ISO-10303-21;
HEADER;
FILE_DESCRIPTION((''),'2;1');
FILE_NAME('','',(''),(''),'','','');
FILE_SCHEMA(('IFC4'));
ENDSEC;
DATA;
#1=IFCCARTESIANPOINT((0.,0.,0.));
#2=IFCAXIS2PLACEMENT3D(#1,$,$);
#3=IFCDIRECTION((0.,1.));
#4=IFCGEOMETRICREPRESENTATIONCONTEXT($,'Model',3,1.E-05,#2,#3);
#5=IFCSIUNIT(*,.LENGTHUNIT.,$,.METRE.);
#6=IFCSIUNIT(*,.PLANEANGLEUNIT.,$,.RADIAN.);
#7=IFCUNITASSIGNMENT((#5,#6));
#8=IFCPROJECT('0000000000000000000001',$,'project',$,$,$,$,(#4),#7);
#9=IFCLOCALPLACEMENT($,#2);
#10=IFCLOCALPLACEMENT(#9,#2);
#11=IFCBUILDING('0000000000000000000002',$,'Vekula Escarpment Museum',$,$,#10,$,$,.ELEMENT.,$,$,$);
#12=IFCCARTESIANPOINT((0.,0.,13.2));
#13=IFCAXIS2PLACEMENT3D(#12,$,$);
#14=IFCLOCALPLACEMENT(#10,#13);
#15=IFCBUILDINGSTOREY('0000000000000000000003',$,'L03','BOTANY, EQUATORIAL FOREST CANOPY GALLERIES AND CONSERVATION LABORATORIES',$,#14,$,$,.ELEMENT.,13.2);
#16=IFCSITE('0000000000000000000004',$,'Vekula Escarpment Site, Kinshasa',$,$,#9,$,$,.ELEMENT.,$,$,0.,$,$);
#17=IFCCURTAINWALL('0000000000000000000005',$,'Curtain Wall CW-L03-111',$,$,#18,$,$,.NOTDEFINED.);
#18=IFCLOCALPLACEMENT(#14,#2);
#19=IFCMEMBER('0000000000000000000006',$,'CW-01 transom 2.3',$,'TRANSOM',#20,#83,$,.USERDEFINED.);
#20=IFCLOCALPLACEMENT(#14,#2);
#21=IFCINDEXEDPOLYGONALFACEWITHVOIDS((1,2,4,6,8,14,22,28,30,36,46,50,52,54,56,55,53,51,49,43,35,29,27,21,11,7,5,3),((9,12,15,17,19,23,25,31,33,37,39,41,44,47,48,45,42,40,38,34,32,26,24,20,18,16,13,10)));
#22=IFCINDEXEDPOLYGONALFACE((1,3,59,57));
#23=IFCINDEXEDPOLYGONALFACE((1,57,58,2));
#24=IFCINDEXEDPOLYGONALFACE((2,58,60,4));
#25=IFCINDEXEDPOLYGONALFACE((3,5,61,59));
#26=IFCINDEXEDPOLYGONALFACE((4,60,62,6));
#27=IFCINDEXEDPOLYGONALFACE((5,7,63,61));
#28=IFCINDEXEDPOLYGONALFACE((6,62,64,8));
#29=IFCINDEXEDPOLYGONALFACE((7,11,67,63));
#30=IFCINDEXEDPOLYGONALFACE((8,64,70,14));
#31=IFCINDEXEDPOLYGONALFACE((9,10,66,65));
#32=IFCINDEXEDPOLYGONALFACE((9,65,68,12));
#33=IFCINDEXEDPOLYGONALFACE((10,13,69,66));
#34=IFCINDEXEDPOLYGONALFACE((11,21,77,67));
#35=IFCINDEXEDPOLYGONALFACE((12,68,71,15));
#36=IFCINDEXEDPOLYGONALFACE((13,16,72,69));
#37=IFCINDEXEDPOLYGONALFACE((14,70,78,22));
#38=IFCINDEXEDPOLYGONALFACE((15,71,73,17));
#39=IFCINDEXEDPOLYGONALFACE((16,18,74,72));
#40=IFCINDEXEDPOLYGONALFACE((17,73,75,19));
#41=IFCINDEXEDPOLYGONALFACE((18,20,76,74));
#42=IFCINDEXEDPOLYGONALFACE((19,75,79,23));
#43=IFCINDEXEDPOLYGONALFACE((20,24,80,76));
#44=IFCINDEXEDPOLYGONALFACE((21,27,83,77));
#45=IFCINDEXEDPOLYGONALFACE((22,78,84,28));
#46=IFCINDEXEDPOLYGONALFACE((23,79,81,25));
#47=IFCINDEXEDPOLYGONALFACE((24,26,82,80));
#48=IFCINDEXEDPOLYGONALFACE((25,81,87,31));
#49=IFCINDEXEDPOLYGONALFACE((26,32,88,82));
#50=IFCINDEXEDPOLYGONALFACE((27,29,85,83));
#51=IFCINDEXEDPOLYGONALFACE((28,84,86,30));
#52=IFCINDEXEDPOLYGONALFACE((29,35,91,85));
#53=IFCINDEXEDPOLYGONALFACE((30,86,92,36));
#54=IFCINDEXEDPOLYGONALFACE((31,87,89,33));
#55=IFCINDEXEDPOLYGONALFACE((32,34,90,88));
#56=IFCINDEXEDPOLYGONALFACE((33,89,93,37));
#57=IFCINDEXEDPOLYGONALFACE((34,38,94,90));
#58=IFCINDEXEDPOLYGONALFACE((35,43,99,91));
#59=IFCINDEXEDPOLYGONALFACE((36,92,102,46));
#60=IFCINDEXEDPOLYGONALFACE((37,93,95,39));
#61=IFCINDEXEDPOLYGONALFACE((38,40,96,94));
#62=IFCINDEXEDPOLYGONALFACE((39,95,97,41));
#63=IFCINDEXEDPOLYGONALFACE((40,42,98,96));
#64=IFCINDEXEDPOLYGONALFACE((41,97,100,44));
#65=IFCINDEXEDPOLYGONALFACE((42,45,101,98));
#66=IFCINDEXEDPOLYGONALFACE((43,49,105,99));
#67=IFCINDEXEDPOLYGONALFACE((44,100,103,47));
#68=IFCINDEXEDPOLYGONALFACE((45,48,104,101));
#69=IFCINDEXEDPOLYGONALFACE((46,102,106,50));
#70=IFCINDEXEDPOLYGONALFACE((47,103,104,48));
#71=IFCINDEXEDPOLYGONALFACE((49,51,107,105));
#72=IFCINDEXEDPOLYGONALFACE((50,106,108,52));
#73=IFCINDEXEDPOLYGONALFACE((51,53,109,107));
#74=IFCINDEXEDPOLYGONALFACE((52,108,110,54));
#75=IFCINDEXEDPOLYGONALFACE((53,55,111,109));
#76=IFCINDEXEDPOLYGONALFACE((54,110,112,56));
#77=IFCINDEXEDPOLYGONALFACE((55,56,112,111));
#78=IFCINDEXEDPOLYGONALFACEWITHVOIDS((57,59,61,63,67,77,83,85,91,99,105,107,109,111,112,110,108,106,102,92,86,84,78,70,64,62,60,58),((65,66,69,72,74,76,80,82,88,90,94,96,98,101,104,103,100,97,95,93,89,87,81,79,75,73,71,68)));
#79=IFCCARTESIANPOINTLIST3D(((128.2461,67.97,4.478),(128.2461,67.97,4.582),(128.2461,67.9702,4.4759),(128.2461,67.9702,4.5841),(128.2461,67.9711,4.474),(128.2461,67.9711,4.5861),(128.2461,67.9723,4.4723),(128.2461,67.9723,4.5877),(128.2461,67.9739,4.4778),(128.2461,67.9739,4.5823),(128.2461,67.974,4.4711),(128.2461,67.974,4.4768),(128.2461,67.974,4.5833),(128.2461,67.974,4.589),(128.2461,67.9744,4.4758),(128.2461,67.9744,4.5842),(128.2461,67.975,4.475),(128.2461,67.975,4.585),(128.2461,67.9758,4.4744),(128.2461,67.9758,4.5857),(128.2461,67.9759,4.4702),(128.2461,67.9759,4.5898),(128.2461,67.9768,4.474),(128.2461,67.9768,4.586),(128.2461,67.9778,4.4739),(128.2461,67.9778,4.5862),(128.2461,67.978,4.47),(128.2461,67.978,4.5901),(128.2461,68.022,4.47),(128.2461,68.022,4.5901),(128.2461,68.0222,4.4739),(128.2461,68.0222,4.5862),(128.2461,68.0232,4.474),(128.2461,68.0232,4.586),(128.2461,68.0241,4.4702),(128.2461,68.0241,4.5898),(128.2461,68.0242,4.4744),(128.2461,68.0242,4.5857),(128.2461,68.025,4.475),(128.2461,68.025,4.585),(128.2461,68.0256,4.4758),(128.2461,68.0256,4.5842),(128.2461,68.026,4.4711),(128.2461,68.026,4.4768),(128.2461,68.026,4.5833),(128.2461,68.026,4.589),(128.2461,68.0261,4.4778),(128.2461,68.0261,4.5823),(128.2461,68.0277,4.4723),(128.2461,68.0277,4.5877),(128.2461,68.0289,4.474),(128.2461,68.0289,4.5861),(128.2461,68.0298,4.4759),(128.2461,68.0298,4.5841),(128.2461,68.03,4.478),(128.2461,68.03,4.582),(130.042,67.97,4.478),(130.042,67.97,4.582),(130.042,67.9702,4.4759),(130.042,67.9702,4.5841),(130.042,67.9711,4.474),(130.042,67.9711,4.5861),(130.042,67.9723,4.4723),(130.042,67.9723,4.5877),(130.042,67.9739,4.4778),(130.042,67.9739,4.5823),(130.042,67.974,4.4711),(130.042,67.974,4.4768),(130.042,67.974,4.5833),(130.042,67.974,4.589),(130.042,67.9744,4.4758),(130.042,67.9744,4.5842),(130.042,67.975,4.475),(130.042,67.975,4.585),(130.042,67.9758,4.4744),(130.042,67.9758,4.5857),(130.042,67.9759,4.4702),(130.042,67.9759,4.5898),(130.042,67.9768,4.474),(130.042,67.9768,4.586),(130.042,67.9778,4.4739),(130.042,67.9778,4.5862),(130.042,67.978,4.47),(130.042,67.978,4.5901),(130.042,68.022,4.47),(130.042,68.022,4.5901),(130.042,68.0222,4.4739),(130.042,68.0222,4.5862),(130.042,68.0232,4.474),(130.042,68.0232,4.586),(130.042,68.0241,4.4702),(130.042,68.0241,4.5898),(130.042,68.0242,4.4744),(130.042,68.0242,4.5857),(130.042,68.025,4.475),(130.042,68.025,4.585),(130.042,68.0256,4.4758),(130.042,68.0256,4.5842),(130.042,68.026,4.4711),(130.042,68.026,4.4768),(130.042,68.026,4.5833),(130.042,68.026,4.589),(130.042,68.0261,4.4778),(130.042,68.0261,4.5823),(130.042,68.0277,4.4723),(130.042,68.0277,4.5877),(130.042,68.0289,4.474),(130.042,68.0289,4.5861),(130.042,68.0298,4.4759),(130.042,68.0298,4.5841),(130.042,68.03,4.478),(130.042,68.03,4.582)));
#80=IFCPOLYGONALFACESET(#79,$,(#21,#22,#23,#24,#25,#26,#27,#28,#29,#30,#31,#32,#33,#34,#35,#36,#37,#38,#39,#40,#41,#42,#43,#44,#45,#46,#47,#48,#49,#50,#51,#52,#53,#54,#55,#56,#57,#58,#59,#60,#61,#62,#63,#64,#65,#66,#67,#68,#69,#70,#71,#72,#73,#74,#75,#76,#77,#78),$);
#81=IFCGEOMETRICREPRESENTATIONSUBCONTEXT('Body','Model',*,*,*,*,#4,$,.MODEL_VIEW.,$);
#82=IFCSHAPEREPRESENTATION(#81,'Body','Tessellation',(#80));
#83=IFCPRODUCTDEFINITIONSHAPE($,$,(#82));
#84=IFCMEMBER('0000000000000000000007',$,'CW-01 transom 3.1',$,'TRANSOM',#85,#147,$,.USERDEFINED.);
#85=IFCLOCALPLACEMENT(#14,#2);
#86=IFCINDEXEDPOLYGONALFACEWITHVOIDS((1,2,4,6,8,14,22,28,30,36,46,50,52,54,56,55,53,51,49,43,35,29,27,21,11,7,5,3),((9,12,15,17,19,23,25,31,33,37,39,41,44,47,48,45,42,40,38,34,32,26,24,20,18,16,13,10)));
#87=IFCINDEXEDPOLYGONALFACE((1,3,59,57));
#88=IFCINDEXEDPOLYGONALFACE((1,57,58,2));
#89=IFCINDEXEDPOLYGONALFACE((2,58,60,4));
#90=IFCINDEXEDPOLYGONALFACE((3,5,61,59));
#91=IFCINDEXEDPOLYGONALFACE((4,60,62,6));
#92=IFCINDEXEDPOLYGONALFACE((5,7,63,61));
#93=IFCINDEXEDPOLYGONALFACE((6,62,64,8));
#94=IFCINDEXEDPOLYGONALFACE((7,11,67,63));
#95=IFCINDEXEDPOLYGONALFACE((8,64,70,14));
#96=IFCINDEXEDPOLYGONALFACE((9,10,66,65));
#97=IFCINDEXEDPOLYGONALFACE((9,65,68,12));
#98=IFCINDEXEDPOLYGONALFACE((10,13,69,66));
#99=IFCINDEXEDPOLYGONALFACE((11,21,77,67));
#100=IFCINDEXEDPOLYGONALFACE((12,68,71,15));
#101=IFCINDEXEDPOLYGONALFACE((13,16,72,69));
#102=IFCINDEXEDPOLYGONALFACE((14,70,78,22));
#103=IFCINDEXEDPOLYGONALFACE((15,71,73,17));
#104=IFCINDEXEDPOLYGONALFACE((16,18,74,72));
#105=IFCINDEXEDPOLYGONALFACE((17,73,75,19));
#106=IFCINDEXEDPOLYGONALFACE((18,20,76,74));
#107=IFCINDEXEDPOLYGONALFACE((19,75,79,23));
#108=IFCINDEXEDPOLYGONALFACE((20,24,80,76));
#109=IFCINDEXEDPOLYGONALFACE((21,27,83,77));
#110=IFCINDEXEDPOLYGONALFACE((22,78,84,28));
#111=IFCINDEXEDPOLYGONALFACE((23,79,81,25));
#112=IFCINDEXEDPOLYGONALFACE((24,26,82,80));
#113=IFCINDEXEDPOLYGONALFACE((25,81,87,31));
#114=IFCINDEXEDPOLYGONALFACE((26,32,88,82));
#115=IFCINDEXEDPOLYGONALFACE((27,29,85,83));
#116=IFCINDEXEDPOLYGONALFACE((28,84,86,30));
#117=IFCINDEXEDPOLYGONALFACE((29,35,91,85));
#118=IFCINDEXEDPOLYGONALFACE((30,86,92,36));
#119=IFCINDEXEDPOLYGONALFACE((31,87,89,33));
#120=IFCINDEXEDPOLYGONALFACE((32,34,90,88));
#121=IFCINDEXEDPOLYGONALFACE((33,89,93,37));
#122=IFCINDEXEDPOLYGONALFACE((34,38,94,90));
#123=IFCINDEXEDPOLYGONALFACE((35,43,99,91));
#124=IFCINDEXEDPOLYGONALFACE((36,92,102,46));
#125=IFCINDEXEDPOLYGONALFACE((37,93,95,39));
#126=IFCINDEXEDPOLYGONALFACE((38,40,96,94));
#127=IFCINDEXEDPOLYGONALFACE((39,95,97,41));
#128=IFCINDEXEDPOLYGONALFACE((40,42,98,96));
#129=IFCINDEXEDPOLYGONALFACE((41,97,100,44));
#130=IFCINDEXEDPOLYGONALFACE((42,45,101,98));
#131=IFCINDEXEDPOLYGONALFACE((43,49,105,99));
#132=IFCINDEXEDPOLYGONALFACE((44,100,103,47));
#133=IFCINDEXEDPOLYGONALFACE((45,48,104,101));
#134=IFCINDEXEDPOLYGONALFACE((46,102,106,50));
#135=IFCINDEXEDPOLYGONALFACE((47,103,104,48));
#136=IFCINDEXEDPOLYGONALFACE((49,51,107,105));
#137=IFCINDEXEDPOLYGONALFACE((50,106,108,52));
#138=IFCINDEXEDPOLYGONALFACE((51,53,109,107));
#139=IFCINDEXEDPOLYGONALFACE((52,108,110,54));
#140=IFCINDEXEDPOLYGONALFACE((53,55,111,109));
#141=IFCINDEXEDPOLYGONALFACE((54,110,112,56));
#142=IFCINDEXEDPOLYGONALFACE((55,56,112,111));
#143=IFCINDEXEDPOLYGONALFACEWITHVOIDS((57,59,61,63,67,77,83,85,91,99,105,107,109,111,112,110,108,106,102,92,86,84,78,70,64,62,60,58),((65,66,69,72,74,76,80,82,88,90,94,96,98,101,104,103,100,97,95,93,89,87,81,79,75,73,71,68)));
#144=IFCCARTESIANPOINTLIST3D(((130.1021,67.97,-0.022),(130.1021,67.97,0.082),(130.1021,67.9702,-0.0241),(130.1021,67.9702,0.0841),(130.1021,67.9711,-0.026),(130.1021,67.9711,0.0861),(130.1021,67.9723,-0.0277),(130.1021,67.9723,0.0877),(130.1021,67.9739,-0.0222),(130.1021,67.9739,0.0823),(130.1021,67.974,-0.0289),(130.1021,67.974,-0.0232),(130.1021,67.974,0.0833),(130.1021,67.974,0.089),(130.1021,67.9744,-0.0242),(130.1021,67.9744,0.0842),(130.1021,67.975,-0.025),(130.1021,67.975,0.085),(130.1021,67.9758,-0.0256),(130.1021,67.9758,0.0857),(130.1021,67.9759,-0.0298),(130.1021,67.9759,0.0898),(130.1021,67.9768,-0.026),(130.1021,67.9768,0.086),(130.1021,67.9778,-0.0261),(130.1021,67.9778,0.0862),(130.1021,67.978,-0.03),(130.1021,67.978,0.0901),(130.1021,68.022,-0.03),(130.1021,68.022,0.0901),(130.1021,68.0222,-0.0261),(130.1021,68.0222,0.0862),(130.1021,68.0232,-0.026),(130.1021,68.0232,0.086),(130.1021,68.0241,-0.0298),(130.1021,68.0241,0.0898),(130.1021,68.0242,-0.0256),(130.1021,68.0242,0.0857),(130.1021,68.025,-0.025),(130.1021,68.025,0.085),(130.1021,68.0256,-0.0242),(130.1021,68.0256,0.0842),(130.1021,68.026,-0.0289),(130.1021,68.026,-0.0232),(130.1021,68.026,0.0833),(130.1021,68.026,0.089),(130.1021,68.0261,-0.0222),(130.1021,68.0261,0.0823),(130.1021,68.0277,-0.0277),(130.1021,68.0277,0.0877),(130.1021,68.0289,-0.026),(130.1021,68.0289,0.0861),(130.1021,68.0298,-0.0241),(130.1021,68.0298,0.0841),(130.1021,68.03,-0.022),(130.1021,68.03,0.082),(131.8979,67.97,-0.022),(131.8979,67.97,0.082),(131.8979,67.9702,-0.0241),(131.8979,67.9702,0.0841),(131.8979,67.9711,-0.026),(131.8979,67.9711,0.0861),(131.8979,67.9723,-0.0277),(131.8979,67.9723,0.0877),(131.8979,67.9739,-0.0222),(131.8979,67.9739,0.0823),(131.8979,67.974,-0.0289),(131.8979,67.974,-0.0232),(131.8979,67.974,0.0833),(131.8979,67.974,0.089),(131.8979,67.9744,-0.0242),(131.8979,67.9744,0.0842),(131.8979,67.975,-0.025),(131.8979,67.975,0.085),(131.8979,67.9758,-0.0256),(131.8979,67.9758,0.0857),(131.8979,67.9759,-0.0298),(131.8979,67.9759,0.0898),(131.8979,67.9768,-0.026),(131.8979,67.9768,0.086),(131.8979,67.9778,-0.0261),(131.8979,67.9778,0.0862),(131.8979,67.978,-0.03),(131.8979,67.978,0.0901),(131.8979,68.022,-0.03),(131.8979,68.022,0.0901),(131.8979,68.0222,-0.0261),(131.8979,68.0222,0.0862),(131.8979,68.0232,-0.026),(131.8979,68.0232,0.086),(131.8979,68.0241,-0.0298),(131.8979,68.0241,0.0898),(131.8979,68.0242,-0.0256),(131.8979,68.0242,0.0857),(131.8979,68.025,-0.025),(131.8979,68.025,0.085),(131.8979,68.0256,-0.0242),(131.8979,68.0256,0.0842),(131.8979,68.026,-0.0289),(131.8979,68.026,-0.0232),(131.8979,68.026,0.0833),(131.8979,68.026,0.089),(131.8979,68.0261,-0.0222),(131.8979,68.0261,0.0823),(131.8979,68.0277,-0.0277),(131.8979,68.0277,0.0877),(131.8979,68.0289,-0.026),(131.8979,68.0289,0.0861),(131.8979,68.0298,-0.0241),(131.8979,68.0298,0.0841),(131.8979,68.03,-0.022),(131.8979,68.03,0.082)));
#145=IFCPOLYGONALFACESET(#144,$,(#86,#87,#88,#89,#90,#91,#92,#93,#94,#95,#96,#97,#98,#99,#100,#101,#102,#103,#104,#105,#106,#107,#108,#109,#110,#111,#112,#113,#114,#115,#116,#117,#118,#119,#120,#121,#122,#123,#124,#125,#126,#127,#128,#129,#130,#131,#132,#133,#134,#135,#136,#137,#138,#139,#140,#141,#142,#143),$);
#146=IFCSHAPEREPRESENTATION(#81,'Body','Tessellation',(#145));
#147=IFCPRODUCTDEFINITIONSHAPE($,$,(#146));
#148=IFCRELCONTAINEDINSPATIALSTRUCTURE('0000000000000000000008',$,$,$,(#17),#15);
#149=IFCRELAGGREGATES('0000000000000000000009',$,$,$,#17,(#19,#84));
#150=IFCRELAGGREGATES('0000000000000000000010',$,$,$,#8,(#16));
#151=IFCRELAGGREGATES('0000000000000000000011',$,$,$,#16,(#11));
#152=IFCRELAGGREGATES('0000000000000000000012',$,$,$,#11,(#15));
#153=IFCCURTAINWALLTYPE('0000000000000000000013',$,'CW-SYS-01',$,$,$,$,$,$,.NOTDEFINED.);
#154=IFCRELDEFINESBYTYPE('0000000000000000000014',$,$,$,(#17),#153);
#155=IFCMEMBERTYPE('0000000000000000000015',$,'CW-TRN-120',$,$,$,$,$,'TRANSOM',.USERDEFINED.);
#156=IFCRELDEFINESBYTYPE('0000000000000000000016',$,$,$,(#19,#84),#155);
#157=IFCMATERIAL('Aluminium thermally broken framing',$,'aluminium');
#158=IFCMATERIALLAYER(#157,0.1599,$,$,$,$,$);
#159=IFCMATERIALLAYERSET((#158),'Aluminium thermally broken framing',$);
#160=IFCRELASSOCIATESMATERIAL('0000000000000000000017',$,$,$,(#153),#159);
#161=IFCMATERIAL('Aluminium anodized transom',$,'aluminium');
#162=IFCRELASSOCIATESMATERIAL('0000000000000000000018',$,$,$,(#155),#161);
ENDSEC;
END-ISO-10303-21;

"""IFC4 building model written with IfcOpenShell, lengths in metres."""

from ifc_helpers import new_model, si_unit, direction, frame, origin, origin_2d, place, context, subcontext, project, spatial, hollow_rectangle, extrude, material, layer, layer_set, material_profile, profile_set, type_object, element, aggregate, save


model = new_model("IFC4")

# Units and contexts
model_context = context("Model", 3, precision=1e-05, world=origin(), true_north=direction((0.0, 1.0)))
body_context = subcontext(model_context, "Body", "Model", "MODEL_VIEW")
ifc_project = project(units=[si_unit("LENGTHUNIT", "METRE"), si_unit("PLANEANGLEUNIT", "RADIAN")], contexts=[model_context])

# Site, building, storey
site_placement = place(None, origin())
site = spatial("IfcSite", under=ifc_project, at=site_placement, Name="Vekula Escarpment Site, Kinshasa", CompositionType="ELEMENT", RefElevation=0.0)
building_placement = place(site_placement, origin())
building = spatial("IfcBuilding", under=site, at=building_placement, Name="Vekula Escarpment Museum", CompositionType="ELEMENT")
storey_placement = place(building_placement, frame((0.0, 0.0, 13.2)))
storey = spatial("IfcBuildingStorey", under=building, at=storey_placement, Name="L03", Description="BOTANY, EQUATORIAL FOREST CANOPY GALLERIES AND CONSERVATION LABORATORIES", CompositionType="ELEMENT", Elevation=13.2)

# Curtain wall, members
ifc_material_1 = material(Name="Aluminium thermally broken framing", Category="aluminium")
ifc_layer_1 = layer(ifc_material_1, 0.1599)
ifc_layer_set_1 = layer_set([ifc_layer_1], Name="Aluminium thermally broken framing")
curtain_wall_type = type_object("IfcCurtainWallType", Name="CW-SYS-01", PredefinedType="NOTDEFINED", material=ifc_layer_set_1)
curtain_wall_placement = place(storey_placement, origin())
curtain_wall = element("IfcCurtainWall", 1, at=curtain_wall_placement, inside=storey, type_object=curtain_wall_type, Name="Curtain Wall CW-L03-111", PredefinedType="NOTDEFINED")
ifc_material_2 = material(Name="Aluminium anodized transom", Category="aluminium")
ifc_material_profile_1 = material_profile(ifc_material_2, hollow_rectangle(XDim=0.0601, YDim=0.1201, WallThickness=0.0039, InnerFilletRadius=0.0039, OuterFilletRadius=0.0081, at=origin_2d()), Name="ALU 120x60x4")
ifc_profile_set_1 = profile_set([ifc_material_profile_1], Name="Aluminium anodized transom")
member_type_1 = type_object("IfcMemberType", Name="CW-TRN-120", ElementType="TRANSOM", PredefinedType="USERDEFINED", material=ifc_profile_set_1)
member_1_placement = place(storey_placement, frame((128.2461, 68.0, 4.53), z_axis=(1.0, 0.0, 0.0), x_axis=(0.0, 1.0, 0.0)))
member_1 = element("IfcMember", 2, at=member_1_placement, type_object=member_type_1, Name="CW-01 transom 2.3", ObjectType="TRANSOM", PredefinedType="USERDEFINED", context=body_context, shape_type="SweptSolid", body=[
    extrude(hollow_rectangle(XDim=0.0601, YDim=0.1201, WallThickness=0.0039, InnerFilletRadius=0.0039, OuterFilletRadius=0.0081, at=origin_2d()), origin(), (0.0, 0.0, 1.0), 1.7959),
])
member_2_placement = place(storey_placement, frame((130.1021, 68.0, 0.03), z_axis=(1.0, 0.0, 0.0), x_axis=(0.0, 1.0, 0.0)))
member_2 = element("IfcMember", 3, at=member_2_placement, type_object=member_type_1, Name="CW-01 transom 3.1", ObjectType="TRANSOM", PredefinedType="USERDEFINED", context=body_context, shape_type="SweptSolid", body=[
    extrude(hollow_rectangle(XDim=0.0601, YDim=0.1201, WallThickness=0.0039, InnerFilletRadius=0.0039, OuterFilletRadius=0.0081, at=origin_2d()), origin(), (0.0, 0.0, 1.0), 1.7959),
])
aggregate(curtain_wall, [member_1, member_2])

save(model, "model.ifc")
